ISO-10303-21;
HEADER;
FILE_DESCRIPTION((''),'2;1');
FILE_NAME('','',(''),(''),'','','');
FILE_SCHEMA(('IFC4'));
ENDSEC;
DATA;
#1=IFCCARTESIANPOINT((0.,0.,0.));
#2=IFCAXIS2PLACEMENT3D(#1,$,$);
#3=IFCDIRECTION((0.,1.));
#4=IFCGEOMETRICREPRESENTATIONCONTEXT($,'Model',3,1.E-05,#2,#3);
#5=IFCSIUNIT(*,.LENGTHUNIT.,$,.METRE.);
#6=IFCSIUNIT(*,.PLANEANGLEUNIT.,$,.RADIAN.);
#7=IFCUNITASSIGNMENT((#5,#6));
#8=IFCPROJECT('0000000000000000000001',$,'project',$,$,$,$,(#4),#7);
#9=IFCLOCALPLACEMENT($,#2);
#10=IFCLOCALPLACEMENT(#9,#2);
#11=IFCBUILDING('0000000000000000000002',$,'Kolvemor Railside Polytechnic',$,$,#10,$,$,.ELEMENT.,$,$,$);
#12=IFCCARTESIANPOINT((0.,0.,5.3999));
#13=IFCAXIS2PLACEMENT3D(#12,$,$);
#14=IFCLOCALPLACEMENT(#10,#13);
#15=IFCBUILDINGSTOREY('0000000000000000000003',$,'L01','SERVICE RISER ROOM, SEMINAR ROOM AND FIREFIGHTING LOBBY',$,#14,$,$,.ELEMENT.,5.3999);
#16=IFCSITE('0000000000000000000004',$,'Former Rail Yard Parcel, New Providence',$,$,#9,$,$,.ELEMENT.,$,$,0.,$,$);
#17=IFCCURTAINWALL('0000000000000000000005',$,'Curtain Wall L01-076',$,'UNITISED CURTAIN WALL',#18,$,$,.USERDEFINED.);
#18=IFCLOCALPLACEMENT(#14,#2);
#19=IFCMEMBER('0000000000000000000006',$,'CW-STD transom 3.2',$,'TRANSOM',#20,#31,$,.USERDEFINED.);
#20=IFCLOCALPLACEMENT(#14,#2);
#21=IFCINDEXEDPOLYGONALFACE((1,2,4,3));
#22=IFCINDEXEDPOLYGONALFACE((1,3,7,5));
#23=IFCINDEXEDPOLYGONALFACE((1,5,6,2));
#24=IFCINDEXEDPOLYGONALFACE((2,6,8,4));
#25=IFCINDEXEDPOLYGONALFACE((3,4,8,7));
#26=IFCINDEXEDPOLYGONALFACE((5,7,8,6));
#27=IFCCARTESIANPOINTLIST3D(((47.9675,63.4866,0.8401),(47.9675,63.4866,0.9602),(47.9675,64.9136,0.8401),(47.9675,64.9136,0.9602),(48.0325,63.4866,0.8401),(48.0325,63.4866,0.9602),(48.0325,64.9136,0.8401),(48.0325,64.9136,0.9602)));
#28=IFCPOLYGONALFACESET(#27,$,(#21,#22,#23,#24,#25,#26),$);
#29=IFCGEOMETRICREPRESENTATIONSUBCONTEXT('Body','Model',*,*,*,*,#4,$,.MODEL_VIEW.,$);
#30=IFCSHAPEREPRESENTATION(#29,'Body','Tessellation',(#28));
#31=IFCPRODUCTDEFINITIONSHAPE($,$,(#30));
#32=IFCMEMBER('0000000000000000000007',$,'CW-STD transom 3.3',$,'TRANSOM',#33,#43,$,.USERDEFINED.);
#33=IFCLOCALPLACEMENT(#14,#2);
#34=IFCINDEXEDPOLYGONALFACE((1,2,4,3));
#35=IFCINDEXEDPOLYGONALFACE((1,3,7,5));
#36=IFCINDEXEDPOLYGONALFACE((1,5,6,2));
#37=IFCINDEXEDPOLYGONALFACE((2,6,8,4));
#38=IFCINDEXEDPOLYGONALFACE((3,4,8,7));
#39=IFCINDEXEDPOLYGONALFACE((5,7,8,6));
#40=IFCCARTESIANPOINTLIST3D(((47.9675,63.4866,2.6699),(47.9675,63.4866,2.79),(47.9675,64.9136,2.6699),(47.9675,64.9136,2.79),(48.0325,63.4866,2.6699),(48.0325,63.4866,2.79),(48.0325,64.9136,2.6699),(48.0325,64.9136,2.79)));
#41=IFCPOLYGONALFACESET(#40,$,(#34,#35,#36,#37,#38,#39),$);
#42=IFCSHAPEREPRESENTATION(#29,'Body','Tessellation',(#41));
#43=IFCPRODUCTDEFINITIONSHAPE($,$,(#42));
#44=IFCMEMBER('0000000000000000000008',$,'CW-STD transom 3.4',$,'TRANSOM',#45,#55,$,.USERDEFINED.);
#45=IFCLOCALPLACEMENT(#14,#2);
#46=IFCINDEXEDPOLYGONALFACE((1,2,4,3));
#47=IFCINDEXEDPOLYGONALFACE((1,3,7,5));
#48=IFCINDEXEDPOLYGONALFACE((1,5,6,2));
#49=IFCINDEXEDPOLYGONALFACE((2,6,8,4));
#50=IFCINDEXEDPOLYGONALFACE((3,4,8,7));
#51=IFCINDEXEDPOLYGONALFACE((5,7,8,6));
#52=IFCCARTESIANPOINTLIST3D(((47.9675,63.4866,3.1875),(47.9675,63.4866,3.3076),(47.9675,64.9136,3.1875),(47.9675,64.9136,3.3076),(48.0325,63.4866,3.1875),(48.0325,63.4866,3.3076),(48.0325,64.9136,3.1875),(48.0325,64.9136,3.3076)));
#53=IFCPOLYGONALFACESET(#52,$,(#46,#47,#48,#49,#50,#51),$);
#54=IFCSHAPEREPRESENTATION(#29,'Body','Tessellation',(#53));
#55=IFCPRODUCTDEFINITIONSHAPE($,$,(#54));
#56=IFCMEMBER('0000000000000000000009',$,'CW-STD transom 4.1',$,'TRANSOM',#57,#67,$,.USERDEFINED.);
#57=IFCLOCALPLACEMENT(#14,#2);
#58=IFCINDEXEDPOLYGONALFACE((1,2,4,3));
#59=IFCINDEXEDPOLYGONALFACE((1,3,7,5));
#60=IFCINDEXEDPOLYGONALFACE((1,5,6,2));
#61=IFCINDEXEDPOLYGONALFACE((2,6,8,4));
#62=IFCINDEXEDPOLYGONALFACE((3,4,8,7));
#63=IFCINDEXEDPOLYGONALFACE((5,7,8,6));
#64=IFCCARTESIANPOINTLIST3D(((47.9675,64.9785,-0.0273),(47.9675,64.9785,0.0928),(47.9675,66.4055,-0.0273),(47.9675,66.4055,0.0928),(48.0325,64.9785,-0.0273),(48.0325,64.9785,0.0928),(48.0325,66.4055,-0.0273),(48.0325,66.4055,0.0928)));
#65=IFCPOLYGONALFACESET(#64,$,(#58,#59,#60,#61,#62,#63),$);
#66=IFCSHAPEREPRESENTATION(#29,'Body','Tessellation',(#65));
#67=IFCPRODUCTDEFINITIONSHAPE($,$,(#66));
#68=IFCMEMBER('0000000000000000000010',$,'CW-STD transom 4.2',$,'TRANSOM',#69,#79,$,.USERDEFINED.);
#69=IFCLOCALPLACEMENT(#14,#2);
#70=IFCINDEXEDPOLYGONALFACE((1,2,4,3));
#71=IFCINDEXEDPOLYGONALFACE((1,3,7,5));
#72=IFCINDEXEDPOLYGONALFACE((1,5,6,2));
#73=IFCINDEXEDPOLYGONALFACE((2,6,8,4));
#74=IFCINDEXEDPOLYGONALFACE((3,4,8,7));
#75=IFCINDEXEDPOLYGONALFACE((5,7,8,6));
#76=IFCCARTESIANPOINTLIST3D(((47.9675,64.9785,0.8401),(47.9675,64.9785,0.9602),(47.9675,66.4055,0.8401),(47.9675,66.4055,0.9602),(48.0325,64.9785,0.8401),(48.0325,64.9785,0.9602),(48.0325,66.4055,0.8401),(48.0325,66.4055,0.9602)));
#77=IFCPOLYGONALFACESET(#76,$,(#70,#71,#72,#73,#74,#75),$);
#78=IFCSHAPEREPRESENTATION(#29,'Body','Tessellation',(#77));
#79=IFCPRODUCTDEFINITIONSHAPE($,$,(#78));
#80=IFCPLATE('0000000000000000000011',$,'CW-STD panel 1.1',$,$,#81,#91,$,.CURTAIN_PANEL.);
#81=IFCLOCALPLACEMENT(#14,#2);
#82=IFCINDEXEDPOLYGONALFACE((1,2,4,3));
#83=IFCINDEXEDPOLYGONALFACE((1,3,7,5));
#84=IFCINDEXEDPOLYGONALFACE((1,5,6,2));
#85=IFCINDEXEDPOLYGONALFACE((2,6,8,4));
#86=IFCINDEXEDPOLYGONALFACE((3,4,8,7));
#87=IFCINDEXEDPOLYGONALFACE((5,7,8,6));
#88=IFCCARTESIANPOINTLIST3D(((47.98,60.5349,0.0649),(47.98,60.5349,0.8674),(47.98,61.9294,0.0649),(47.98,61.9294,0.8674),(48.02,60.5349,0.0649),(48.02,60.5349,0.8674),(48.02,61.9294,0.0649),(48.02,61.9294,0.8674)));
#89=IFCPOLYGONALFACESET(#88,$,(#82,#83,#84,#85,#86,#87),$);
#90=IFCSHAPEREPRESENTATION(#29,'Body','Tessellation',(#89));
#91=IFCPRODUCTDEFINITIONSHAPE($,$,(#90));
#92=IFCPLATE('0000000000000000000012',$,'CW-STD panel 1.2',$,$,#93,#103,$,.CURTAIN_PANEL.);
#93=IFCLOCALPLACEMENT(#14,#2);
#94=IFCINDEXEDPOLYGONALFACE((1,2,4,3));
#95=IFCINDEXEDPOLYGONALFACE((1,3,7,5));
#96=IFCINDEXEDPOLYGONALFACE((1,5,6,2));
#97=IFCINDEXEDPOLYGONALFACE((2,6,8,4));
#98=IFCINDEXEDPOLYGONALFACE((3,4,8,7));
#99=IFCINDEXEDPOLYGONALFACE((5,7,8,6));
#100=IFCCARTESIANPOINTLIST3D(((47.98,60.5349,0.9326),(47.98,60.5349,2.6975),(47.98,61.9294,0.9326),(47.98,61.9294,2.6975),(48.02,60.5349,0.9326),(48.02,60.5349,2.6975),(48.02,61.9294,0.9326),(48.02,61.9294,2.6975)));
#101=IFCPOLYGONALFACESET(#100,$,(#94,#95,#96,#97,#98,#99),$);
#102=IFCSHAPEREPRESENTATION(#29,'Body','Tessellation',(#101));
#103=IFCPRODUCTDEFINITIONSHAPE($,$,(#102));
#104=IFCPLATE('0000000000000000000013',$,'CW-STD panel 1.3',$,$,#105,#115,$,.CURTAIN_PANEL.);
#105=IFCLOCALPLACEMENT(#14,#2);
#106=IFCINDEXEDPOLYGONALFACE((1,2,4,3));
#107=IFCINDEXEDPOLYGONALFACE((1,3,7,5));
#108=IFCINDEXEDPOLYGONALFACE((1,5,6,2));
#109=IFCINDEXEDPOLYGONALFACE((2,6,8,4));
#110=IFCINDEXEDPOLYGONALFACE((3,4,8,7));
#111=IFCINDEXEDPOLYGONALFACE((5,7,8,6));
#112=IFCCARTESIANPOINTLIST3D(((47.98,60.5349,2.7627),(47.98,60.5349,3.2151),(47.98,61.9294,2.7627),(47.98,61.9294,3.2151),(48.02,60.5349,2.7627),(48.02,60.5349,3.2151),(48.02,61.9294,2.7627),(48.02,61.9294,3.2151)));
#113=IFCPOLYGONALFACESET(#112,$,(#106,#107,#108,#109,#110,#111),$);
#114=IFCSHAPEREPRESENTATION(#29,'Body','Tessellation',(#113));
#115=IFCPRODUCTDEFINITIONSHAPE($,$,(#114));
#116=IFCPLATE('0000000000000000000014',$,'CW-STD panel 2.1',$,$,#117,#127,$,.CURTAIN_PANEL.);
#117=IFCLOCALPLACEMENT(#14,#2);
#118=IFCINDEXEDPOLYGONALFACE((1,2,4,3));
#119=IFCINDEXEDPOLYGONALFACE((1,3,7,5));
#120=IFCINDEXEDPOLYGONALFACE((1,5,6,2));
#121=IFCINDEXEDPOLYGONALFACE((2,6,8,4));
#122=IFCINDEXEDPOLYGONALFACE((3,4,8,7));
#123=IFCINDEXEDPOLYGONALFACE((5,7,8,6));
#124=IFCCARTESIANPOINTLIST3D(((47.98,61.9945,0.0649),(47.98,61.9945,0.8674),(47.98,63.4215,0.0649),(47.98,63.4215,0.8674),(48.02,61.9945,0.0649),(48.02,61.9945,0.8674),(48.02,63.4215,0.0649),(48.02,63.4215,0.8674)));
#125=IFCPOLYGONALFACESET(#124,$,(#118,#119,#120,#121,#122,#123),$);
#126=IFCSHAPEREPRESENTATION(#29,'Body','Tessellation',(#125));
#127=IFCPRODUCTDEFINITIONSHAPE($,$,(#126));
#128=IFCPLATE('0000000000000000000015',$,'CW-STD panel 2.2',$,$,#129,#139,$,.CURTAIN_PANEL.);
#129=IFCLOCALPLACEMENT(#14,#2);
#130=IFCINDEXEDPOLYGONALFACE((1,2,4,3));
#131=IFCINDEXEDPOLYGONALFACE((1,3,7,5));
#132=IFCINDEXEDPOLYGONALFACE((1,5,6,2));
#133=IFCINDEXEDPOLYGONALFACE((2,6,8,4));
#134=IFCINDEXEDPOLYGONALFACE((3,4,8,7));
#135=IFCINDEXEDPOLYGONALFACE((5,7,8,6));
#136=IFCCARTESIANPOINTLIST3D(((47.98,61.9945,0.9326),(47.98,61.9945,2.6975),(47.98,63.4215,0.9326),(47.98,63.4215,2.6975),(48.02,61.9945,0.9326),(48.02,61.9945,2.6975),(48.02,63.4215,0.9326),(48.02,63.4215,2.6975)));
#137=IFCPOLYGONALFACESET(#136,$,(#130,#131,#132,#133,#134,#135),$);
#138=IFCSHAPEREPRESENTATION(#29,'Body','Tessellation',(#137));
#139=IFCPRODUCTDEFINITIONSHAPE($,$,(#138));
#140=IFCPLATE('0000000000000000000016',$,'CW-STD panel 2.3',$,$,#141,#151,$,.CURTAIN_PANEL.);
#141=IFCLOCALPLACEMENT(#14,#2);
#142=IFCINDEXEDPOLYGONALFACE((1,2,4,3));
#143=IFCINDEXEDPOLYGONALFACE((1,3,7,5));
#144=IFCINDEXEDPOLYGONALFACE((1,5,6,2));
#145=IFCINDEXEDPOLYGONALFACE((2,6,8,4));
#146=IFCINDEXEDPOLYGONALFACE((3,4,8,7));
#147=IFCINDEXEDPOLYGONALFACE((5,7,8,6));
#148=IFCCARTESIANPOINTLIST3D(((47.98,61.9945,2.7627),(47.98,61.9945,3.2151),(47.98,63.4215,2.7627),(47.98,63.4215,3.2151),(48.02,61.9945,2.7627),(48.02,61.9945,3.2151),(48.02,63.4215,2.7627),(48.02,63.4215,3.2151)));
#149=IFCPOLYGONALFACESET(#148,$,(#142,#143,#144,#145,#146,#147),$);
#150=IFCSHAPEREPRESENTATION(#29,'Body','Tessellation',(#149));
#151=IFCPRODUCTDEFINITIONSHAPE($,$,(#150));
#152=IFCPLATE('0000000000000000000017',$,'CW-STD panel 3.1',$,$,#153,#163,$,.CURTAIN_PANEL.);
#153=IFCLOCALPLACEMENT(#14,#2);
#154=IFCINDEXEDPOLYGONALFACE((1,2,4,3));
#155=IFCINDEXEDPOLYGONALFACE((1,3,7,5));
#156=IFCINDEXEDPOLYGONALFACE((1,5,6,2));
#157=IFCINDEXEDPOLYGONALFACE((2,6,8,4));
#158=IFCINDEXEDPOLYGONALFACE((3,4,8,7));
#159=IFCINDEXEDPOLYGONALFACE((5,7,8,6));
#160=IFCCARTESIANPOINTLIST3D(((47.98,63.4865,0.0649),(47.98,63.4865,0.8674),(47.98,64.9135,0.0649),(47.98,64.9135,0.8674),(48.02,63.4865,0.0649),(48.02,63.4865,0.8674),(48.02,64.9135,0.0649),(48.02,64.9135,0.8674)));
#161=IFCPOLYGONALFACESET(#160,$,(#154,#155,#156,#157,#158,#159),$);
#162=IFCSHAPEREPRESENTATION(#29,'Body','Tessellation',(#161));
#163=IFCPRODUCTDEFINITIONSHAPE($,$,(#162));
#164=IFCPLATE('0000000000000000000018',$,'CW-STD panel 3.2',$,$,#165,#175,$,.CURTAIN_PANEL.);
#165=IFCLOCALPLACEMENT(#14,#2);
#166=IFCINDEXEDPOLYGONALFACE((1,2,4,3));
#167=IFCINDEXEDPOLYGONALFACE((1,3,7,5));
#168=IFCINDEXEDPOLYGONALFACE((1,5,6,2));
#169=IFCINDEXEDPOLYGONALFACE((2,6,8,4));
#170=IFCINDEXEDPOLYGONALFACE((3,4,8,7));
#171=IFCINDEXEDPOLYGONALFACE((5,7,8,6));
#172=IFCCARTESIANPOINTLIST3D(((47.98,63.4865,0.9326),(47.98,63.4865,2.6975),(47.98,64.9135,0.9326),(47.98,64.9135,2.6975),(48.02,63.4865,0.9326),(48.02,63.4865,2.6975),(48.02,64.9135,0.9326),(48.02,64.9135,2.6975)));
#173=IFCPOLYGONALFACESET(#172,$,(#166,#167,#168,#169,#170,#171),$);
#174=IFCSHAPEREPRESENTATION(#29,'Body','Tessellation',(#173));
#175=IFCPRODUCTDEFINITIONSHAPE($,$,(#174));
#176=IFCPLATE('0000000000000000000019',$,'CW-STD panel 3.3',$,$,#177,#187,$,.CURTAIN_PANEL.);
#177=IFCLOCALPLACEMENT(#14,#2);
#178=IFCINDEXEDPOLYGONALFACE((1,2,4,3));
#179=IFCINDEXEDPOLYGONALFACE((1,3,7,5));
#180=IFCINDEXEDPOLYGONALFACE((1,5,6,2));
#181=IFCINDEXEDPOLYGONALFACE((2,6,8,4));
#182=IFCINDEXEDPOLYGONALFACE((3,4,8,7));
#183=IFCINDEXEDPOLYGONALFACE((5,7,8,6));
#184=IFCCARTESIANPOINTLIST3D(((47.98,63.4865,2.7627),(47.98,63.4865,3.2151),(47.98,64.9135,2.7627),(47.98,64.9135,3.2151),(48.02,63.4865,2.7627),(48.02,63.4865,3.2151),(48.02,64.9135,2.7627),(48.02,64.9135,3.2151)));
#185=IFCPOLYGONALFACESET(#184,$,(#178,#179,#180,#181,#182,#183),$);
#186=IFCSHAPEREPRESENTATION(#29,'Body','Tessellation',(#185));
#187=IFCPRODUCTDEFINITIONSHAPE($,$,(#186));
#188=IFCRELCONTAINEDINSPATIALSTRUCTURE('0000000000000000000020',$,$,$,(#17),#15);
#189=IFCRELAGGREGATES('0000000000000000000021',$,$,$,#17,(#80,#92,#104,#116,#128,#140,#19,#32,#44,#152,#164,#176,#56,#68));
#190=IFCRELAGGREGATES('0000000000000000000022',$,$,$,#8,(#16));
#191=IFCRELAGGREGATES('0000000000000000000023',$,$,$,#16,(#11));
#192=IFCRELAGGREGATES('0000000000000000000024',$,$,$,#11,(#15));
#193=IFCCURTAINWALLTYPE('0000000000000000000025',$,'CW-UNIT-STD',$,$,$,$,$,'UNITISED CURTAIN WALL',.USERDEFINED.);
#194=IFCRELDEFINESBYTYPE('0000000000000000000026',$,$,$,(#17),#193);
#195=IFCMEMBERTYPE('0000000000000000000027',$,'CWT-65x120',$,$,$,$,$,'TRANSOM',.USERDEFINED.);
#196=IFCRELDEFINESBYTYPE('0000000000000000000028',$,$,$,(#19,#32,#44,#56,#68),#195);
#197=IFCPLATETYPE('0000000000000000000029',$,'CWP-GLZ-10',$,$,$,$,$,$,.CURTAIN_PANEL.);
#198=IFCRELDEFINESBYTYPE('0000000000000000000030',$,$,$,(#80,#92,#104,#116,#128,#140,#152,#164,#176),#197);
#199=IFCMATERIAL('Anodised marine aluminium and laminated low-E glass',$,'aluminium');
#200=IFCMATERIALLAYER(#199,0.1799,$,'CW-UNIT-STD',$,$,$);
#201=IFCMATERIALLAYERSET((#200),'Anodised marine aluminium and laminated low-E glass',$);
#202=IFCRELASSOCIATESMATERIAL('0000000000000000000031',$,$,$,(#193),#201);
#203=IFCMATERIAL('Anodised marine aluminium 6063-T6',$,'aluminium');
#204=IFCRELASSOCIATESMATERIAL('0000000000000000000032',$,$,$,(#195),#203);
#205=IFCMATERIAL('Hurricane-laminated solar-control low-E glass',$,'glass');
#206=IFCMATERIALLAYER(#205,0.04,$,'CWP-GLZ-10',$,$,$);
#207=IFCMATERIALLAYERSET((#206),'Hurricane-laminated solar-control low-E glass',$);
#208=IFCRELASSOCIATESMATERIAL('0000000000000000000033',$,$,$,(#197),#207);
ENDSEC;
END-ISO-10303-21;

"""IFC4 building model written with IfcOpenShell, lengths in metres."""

from ifc_helpers import new_model, si_unit, direction, frame, origin, origin_2d, place, context, subcontext, project, spatial, rectangle, extrude, material, layer, layer_set, material_profile, profile_set, type_object, element, aggregate, save


model = new_model("IFC4")

# Units and contexts
model_context = context("Model", 3, precision=1e-05, world=origin(), true_north=direction((0.0, 1.0)))
body_context = subcontext(model_context, "Body", "Model", "MODEL_VIEW")
ifc_project = project(units=[si_unit("LENGTHUNIT", "METRE"), si_unit("PLANEANGLEUNIT", "RADIAN")], contexts=[model_context])

# Site, building, storey
site_placement = place(None, origin())
site = spatial("IfcSite", under=ifc_project, at=site_placement, Name="Former Rail Yard Parcel, New Providence", CompositionType="ELEMENT", RefElevation=0.0)
building_placement = place(site_placement, origin())
building = spatial("IfcBuilding", under=site, at=building_placement, Name="Kolvemor Railside Polytechnic", CompositionType="ELEMENT")
storey_placement = place(building_placement, frame((0.0, 0.0, 5.3999)))
storey = spatial("IfcBuildingStorey", under=building, at=storey_placement, Name="L01", Description="SERVICE RISER ROOM, SEMINAR ROOM AND FIREFIGHTING LOBBY", CompositionType="ELEMENT", Elevation=5.3999)

# Curtain wall, members, plates
ifc_material_1 = material(Name="Anodised marine aluminium and laminated low-E glass", Category="aluminium")
ifc_layer_1 = layer(ifc_material_1, 0.1799, Name="CW-UNIT-STD")
ifc_layer_set_1 = layer_set([ifc_layer_1], Name="Anodised marine aluminium and laminated low-E glass")
curtain_wall_type = type_object("IfcCurtainWallType", Name="CW-UNIT-STD", ElementType="UNITISED CURTAIN WALL", PredefinedType="USERDEFINED", material=ifc_layer_set_1)
curtain_wall_placement = place(storey_placement, origin())
curtain_wall = element("IfcCurtainWall", 1, at=curtain_wall_placement, inside=storey, type_object=curtain_wall_type, Name="Curtain Wall L01-076", ObjectType="UNITISED CURTAIN WALL", PredefinedType="USERDEFINED")
ifc_material_2 = material(Name="Anodised marine aluminium 6063-T6", Category="aluminium")
ifc_material_profile_1 = material_profile(ifc_material_2, rectangle(XDim=0.0649, YDim=0.1201, at=origin_2d()), Name="CW-TRN-65x120")
ifc_profile_set_1 = profile_set([ifc_material_profile_1], Name="Anodised marine aluminium 6063-T6")
member_type_1 = type_object("IfcMemberType", Name="CWT-65x120", ElementType="TRANSOM", PredefinedType="USERDEFINED", material=ifc_profile_set_1)
member_1_placement = place(storey_placement, frame((48.0, 63.4866, 0.9001), z_axis=(0.0, 1.0, 0.0), x_axis=(-1.0, 0.0, 0.0)))
member_1 = element("IfcMember", 2, at=member_1_placement, type_object=member_type_1, Name="CW-STD transom 3.2", ObjectType="TRANSOM", PredefinedType="USERDEFINED", context=body_context, shape_type="SweptSolid", body=[
    extrude(rectangle(XDim=0.0649, YDim=0.1201, at=origin_2d()), origin(), (0.0, 0.0, 1.0), 1.427),
])
member_2_placement = place(storey_placement, frame((48.0, 63.4866, 2.73), z_axis=(0.0, 1.0, 0.0), x_axis=(-1.0, 0.0, 0.0)))
member_2 = element("IfcMember", 3, at=member_2_placement, type_object=member_type_1, Name="CW-STD transom 3.3", ObjectType="TRANSOM", PredefinedType="USERDEFINED", context=body_context, shape_type="SweptSolid", body=[
    extrude(rectangle(XDim=0.0649, YDim=0.1201, at=origin_2d()), origin(), (0.0, 0.0, 1.0), 1.427),
])
member_3_placement = place(storey_placement, frame((48.0, 63.4866, 3.2476), z_axis=(0.0, 1.0, 0.0), x_axis=(-1.0, 0.0, 0.0)))
member_3 = element("IfcMember", 4, at=member_3_placement, type_object=member_type_1, Name="CW-STD transom 3.4", ObjectType="TRANSOM", PredefinedType="USERDEFINED", context=body_context, shape_type="SweptSolid", body=[
    extrude(rectangle(XDim=0.0649, YDim=0.1201, at=origin_2d()), origin(), (0.0, 0.0, 1.0), 1.427),
])
member_4_placement = place(storey_placement, frame((48.0, 64.9785, 0.0327), z_axis=(0.0, 1.0, 0.0), x_axis=(-1.0, 0.0, 0.0)))
member_4 = element("IfcMember", 5, at=member_4_placement, type_object=member_type_1, Name="CW-STD transom 4.1", ObjectType="TRANSOM", PredefinedType="USERDEFINED", context=body_context, shape_type="SweptSolid", body=[
    extrude(rectangle(XDim=0.0649, YDim=0.1201, at=origin_2d()), origin(), (0.0, 0.0, 1.0), 1.427),
])
member_5_placement = place(storey_placement, frame((48.0, 64.9785, 0.9001), z_axis=(0.0, 1.0, 0.0), x_axis=(-1.0, 0.0, 0.0)))
member_5 = element("IfcMember", 6, at=member_5_placement, type_object=member_type_1, Name="CW-STD transom 4.2", ObjectType="TRANSOM", PredefinedType="USERDEFINED", context=body_context, shape_type="SweptSolid", body=[
    extrude(rectangle(XDim=0.0649, YDim=0.1201, at=origin_2d()), origin(), (0.0, 0.0, 1.0), 1.427),
])
ifc_material_3 = material(Name="Hurricane-laminated solar-control low-E glass", Category="glass")
ifc_layer_2 = layer(ifc_material_3, 0.04, Name="CWP-GLZ-10")
ifc_layer_set_2 = layer_set([ifc_layer_2], Name="Hurricane-laminated solar-control low-E glass")
plate_type = type_object("IfcPlateType", Name="CWP-GLZ-10", PredefinedType="CURTAIN_PANEL", material=ifc_layer_set_2)
plate_1_placement = place(storey_placement, frame((48.0, 61.2322, 0.0649), z_axis=(0.0, 0.0, 1.0), x_axis=(0.0, 1.0, 0.0)))
plate_1 = element("IfcPlate", 7, at=plate_1_placement, type_object=plate_type, Name="CW-STD panel 1.1", PredefinedType="CURTAIN_PANEL", context=body_context, shape_type="SweptSolid", body=[
    extrude(rectangle(XDim=1.3945, YDim=0.04, at=origin_2d()), origin(), (0.0, 0.0, 1.0), 0.8025),
])
plate_2_placement = place(storey_placement, frame((48.0, 61.2322, 0.9326), z_axis=(0.0, 0.0, 1.0), x_axis=(0.0, 1.0, 0.0)))
plate_2 = element("IfcPlate", 8, at=plate_2_placement, type_object=plate_type, Name="CW-STD panel 1.2", PredefinedType="CURTAIN_PANEL", context=body_context, shape_type="SweptSolid", body=[
    extrude(rectangle(XDim=1.3945, YDim=0.04, at=origin_2d()), origin(), (0.0, 0.0, 1.0), 1.7649),
])
plate_3_placement = place(storey_placement, frame((48.0, 61.2322, 2.7627), z_axis=(0.0, 0.0, 1.0), x_axis=(0.0, 1.0, 0.0)))
plate_3 = element("IfcPlate", 9, at=plate_3_placement, type_object=plate_type, Name="CW-STD panel 1.3", PredefinedType="CURTAIN_PANEL", context=body_context, shape_type="SweptSolid", body=[
    extrude(rectangle(XDim=1.3945, YDim=0.04, at=origin_2d()), origin(), (0.0, 0.0, 1.0), 0.4524),
])
plate_4_placement = place(storey_placement, frame((48.0, 62.708, 0.0649), z_axis=(0.0, 0.0, 1.0), x_axis=(0.0, 1.0, 0.0)))
plate_4 = element("IfcPlate", 10, at=plate_4_placement, type_object=plate_type, Name="CW-STD panel 2.1", PredefinedType="CURTAIN_PANEL", context=body_context, shape_type="SweptSolid", body=[
    extrude(rectangle(XDim=1.427, YDim=0.04, at=origin_2d()), origin(), (0.0, 0.0, 1.0), 0.8025),
])
plate_5_placement = place(storey_placement, frame((48.0, 62.708, 0.9326), z_axis=(0.0, 0.0, 1.0), x_axis=(0.0, 1.0, 0.0)))
plate_5 = element("IfcPlate", 11, at=plate_5_placement, type_object=plate_type, Name="CW-STD panel 2.2", PredefinedType="CURTAIN_PANEL", context=body_context, shape_type="SweptSolid", body=[
    extrude(rectangle(XDim=1.427, YDim=0.04, at=origin_2d()), origin(), (0.0, 0.0, 1.0), 1.7649),
])
plate_6_placement = place(storey_placement, frame((48.0, 62.708, 2.7627), z_axis=(0.0, 0.0, 1.0), x_axis=(0.0, 1.0, 0.0)))
plate_6 = element("IfcPlate", 12, at=plate_6_placement, type_object=plate_type, Name="CW-STD panel 2.3", PredefinedType="CURTAIN_PANEL", context=body_context, shape_type="SweptSolid", body=[
    extrude(rectangle(XDim=1.427, YDim=0.04, at=origin_2d()), origin(), (0.0, 0.0, 1.0), 0.4524),
])
plate_7_placement = place(storey_placement, frame((48.0, 64.2, 0.0649), z_axis=(0.0, 0.0, 1.0), x_axis=(0.0, 1.0, 0.0)))
plate_7 = element("IfcPlate", 13, at=plate_7_placement, type_object=plate_type, Name="CW-STD panel 3.1", PredefinedType="CURTAIN_PANEL", context=body_context, shape_type="SweptSolid", body=[
    extrude(rectangle(XDim=1.427, YDim=0.04, at=origin_2d()), origin(), (0.0, 0.0, 1.0), 0.8025),
])
plate_8_placement = place(storey_placement, frame((48.0, 64.2, 0.9326), z_axis=(0.0, 0.0, 1.0), x_axis=(0.0, 1.0, 0.0)))
plate_8 = element("IfcPlate", 14, at=plate_8_placement, type_object=plate_type, Name="CW-STD panel 3.2", PredefinedType="CURTAIN_PANEL", context=body_context, shape_type="SweptSolid", body=[
    extrude(rectangle(XDim=1.427, YDim=0.04, at=origin_2d()), origin(), (0.0, 0.0, 1.0), 1.7649),
])
plate_9_placement = place(storey_placement, frame((48.0, 64.2, 2.7627), z_axis=(0.0, 0.0, 1.0), x_axis=(0.0, 1.0, 0.0)))
plate_9 = element("IfcPlate", 15, at=plate_9_placement, type_object=plate_type, Name="CW-STD panel 3.3", PredefinedType="CURTAIN_PANEL", context=body_context, shape_type="SweptSolid", body=[
    extrude(rectangle(XDim=1.427, YDim=0.04, at=origin_2d()), origin(), (0.0, 0.0, 1.0), 0.4524),
])
aggregate(curtain_wall, [plate_1, plate_2, plate_3, plate_4, plate_5, plate_6, member_1, member_2, member_3, plate_7, plate_8, plate_9, member_4, member_5])

save(model, "model.ifc")
